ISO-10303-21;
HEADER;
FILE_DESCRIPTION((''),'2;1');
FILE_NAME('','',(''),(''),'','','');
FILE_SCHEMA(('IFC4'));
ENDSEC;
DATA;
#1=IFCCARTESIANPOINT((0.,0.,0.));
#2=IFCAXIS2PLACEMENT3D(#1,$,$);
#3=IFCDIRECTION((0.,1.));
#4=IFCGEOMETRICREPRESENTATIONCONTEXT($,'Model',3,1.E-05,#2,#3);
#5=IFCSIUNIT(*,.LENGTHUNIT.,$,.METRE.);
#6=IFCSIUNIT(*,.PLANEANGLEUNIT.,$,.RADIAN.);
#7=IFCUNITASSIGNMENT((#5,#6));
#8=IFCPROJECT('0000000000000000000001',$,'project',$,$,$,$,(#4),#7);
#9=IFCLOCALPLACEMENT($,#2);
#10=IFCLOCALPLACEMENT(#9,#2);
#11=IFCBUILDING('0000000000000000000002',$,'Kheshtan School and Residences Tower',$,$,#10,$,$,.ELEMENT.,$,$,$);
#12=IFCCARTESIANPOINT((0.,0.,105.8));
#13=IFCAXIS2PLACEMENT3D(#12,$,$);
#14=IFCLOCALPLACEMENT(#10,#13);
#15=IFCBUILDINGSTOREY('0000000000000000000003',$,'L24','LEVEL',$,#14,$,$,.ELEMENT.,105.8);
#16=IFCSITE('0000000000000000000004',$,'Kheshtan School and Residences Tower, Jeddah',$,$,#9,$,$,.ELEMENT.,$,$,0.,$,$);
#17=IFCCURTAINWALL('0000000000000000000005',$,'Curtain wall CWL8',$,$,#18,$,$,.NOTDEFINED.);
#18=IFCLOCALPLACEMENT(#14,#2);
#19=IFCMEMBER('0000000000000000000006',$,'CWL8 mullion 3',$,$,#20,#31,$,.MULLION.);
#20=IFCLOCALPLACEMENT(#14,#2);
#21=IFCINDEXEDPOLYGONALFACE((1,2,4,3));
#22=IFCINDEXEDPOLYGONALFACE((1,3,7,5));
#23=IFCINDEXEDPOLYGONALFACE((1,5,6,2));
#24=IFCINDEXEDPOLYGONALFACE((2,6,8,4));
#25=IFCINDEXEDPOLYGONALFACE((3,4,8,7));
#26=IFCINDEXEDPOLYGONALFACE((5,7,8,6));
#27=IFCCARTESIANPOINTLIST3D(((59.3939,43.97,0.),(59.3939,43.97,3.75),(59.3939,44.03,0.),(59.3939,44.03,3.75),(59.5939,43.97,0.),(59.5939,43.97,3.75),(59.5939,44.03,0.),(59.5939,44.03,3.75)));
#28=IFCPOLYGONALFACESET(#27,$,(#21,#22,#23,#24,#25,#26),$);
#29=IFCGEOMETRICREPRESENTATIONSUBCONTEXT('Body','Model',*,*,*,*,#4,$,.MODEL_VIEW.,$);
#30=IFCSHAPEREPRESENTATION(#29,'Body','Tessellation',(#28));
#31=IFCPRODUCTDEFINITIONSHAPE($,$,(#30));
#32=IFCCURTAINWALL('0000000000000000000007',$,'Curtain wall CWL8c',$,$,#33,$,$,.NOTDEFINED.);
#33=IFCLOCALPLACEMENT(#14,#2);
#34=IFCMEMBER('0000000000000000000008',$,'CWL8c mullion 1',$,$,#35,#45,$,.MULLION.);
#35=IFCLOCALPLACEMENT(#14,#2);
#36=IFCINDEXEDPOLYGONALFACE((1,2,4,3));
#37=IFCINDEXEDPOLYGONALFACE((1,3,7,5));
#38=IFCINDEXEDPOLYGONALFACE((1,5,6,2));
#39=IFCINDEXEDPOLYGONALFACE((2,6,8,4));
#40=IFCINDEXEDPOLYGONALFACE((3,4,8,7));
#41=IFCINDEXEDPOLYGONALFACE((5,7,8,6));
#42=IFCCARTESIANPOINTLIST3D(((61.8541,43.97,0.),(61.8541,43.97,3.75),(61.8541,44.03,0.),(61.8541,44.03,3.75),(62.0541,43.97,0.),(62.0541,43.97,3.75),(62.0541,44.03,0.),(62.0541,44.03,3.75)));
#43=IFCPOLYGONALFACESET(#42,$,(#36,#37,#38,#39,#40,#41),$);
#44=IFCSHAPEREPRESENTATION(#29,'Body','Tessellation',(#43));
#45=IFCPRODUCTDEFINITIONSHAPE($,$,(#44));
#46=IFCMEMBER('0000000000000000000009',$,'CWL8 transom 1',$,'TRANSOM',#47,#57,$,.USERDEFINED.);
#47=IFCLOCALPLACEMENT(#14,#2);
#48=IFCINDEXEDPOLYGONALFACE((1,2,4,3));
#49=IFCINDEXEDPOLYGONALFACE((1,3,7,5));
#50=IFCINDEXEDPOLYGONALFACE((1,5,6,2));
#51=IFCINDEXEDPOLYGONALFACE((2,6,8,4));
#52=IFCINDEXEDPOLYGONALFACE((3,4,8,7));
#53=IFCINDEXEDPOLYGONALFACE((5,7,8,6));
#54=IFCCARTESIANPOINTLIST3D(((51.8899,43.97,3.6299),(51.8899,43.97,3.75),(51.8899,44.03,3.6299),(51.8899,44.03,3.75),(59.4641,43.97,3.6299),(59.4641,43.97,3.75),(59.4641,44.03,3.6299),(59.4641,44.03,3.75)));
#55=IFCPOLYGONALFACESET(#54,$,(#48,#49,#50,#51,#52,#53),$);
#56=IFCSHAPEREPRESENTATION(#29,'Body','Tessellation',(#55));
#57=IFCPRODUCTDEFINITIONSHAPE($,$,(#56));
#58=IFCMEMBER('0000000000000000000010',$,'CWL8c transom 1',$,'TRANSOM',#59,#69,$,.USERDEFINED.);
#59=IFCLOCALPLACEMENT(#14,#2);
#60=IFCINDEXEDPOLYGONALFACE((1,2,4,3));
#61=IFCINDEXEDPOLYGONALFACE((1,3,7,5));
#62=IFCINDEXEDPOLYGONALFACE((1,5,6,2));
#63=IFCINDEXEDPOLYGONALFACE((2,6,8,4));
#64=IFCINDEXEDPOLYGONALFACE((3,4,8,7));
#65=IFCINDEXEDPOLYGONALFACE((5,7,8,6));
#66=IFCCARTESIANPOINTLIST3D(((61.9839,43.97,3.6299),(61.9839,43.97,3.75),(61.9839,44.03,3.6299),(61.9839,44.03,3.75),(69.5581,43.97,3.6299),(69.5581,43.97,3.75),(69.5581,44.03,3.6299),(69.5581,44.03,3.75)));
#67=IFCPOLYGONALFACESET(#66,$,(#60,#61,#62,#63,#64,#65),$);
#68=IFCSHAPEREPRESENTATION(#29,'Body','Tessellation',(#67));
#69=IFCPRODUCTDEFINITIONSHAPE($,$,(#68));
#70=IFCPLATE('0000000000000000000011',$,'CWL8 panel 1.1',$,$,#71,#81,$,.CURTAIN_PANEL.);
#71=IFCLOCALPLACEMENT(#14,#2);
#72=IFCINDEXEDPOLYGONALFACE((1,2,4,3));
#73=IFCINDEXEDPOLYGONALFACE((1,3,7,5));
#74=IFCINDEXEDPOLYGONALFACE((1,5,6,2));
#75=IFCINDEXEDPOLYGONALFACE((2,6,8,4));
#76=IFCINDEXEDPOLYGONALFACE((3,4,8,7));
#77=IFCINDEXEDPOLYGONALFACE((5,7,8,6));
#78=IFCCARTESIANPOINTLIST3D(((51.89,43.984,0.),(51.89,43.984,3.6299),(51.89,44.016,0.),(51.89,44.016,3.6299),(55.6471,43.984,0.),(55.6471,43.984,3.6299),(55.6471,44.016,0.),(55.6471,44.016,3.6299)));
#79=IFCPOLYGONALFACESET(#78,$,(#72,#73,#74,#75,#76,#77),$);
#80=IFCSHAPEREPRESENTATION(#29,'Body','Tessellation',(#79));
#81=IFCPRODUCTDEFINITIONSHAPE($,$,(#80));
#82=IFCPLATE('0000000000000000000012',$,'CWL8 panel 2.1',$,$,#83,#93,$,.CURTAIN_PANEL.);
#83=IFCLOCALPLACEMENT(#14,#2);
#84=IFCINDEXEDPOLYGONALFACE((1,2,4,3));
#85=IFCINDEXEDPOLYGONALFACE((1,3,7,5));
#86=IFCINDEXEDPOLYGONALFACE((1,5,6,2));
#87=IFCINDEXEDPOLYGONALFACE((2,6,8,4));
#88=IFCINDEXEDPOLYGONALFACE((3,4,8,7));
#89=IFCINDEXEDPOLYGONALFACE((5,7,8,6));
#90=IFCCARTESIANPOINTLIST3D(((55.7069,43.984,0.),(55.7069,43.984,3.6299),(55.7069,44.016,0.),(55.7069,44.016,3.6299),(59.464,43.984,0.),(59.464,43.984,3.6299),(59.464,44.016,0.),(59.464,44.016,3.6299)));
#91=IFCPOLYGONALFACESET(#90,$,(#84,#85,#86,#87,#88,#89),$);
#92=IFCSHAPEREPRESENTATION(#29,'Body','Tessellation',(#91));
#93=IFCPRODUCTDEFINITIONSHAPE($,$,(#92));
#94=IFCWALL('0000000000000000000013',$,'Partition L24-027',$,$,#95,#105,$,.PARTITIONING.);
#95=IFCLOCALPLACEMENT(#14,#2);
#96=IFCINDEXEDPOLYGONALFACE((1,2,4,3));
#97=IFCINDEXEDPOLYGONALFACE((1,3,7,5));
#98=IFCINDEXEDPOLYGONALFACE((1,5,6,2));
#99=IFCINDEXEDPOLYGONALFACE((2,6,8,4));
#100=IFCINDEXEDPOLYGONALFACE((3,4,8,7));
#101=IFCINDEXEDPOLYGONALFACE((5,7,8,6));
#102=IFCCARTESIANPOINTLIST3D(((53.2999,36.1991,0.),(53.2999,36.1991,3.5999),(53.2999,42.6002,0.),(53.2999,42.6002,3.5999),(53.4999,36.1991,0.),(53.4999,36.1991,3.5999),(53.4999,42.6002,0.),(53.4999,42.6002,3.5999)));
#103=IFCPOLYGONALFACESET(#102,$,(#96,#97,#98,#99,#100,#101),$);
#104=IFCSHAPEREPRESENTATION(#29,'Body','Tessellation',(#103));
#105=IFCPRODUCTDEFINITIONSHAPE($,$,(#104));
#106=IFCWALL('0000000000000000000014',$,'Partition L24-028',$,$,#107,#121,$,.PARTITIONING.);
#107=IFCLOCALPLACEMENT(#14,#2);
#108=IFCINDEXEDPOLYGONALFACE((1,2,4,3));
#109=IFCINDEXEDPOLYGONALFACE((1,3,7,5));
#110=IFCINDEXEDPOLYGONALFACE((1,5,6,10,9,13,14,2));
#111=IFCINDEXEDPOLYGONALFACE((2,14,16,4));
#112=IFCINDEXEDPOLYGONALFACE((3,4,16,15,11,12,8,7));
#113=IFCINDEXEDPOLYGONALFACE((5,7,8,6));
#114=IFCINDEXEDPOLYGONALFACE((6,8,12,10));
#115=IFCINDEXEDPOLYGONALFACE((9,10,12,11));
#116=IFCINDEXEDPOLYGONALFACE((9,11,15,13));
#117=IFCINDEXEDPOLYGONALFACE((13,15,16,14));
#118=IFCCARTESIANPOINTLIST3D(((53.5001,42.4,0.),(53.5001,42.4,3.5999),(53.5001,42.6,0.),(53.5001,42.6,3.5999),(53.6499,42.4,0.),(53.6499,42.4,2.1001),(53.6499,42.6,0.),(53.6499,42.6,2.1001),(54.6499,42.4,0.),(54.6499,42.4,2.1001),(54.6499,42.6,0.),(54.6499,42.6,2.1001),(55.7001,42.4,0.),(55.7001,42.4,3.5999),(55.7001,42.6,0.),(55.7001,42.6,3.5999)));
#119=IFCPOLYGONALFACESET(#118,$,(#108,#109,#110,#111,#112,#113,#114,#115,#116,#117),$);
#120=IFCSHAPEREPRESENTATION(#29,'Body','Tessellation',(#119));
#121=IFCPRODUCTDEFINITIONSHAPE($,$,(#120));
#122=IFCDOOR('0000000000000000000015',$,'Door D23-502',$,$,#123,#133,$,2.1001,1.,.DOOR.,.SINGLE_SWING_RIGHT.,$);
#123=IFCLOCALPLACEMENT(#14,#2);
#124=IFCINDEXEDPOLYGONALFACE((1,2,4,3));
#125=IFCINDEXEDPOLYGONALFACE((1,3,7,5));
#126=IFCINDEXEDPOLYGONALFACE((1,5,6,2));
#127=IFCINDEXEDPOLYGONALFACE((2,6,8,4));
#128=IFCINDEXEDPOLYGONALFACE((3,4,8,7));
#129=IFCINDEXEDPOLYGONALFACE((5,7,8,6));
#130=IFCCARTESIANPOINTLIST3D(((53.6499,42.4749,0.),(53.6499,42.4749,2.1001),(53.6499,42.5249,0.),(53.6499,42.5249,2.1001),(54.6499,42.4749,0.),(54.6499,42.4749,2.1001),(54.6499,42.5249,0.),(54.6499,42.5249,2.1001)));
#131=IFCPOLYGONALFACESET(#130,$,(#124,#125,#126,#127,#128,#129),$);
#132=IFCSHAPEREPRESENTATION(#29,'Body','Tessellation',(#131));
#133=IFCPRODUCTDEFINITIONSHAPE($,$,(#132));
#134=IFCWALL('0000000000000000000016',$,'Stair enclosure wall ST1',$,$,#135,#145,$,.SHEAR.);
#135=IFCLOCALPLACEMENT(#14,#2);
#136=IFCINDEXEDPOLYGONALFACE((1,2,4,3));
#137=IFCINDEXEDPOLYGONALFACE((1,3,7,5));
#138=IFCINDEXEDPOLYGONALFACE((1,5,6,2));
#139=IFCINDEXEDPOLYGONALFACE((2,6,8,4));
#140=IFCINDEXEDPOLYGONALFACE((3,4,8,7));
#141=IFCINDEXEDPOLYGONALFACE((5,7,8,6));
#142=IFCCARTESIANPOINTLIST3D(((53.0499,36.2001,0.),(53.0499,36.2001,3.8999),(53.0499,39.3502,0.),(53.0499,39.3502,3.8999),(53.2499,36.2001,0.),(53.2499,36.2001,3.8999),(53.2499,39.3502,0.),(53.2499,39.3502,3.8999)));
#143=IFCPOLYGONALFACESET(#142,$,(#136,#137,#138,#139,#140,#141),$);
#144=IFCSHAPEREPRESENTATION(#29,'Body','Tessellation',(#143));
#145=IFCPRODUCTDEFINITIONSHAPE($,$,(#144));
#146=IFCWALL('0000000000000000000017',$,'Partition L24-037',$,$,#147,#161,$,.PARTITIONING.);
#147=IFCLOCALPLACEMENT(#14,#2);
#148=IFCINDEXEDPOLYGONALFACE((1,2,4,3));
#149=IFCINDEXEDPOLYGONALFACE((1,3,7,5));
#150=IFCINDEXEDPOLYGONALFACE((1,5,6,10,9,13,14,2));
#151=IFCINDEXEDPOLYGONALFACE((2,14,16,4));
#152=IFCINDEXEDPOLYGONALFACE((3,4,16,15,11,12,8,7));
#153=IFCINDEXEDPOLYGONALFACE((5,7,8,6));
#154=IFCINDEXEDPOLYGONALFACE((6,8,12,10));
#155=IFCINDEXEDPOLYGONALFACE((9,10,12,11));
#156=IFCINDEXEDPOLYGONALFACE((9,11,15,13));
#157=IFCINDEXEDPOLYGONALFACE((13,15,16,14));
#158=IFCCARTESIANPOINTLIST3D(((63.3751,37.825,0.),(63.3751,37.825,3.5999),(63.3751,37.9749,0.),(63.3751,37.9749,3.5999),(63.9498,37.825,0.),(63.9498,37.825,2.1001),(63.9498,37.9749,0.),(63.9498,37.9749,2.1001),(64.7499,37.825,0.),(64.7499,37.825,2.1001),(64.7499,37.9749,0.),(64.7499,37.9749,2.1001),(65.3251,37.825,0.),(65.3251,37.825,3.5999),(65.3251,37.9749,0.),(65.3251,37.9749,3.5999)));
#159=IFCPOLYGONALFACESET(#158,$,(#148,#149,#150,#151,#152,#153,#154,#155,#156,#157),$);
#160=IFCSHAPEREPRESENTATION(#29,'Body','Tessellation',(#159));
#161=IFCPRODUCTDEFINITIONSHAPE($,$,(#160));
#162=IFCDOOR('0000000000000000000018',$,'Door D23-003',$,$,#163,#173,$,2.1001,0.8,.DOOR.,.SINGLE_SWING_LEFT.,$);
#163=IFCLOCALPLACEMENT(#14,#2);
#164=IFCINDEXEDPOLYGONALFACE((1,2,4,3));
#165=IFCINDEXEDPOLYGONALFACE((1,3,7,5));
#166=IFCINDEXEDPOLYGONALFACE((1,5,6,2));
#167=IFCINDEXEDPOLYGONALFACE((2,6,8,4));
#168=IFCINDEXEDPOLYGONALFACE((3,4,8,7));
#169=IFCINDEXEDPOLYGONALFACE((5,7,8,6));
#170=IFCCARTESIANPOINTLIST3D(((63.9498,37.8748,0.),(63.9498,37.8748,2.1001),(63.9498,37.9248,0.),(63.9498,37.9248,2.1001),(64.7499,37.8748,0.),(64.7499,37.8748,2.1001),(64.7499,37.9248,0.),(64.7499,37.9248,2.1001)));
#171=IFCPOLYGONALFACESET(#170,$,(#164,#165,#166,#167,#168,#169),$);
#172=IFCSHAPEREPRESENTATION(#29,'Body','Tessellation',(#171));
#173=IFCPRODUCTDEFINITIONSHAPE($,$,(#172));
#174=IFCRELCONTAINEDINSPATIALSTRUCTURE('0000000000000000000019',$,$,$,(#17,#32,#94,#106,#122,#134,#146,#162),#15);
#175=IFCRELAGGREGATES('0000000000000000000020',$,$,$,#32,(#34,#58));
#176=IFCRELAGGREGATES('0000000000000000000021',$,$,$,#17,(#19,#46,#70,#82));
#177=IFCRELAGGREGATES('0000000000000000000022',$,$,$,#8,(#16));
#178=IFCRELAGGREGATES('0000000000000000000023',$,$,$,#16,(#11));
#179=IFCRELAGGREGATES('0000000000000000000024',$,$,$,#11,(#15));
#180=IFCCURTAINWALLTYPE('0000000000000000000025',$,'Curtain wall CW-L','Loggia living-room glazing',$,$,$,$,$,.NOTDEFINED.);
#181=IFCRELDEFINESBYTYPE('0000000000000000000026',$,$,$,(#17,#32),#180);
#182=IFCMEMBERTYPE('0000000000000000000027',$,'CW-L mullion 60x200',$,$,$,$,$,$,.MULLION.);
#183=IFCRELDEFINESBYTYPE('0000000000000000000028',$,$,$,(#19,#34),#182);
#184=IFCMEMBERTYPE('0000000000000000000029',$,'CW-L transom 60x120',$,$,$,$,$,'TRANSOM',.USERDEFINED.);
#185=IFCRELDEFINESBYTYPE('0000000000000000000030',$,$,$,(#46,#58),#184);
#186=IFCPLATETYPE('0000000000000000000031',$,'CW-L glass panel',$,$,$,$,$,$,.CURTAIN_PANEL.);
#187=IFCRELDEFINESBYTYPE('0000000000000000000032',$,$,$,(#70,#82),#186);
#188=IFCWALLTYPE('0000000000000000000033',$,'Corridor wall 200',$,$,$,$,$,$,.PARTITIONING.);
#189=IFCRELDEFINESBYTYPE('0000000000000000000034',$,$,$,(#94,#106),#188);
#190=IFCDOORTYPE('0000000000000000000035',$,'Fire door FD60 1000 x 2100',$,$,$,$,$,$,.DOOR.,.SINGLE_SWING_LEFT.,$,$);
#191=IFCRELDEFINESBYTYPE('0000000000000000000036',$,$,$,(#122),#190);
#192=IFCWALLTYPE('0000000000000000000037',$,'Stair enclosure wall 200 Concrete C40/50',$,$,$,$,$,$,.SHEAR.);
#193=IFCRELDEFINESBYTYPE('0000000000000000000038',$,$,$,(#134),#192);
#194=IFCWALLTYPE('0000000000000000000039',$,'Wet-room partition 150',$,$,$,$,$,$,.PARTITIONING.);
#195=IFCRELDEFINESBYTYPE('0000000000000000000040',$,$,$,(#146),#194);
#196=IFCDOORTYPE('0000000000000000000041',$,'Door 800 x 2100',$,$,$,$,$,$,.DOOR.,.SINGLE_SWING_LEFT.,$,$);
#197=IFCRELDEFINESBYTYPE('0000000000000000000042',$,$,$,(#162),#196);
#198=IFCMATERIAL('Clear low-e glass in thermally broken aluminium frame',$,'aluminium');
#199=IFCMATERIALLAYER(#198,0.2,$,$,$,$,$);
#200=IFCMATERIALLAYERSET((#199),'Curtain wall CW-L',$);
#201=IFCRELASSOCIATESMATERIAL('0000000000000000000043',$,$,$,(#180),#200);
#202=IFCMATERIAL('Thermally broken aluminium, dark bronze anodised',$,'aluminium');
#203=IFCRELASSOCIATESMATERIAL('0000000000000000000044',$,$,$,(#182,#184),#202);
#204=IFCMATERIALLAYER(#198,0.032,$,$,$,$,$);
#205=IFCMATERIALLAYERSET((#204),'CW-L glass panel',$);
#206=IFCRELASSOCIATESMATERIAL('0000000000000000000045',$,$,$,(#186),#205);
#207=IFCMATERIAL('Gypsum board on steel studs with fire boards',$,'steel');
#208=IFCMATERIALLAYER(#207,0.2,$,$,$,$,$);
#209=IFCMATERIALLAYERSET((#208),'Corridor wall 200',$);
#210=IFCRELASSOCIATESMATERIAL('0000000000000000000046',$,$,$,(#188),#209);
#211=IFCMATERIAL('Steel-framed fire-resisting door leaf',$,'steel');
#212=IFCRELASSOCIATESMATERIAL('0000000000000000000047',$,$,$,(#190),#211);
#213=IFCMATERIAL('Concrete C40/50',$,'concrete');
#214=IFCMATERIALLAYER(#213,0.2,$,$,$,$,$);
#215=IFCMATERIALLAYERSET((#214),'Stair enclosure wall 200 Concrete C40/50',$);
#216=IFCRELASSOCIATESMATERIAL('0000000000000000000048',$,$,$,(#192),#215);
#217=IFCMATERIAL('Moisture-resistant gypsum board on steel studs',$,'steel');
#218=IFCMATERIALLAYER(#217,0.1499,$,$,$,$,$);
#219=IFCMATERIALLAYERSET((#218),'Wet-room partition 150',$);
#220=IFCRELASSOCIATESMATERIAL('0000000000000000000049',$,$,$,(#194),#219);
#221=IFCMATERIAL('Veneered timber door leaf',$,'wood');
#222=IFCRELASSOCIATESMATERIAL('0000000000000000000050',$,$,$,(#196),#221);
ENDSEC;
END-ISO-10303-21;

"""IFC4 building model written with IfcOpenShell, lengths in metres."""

from ifc_helpers import new_model, si_unit, direction, frame, frame_2d, origin, origin_2d, place, context, subcontext, project, spatial, rectangle, extrude, source, transform, mapped, material, layer, layer_set, material_profile, profile_set, type_object, element, fill, aggregate, save


model = new_model("IFC4")

# Units and contexts
model_context = context("Model", 3, precision=1e-05, world=origin(), true_north=direction((0.0, 1.0)))
body_context = subcontext(model_context, "Body", "Model", "MODEL_VIEW")
ifc_project = project(units=[si_unit("LENGTHUNIT", "METRE"), si_unit("PLANEANGLEUNIT", "RADIAN")], contexts=[model_context])

# Site, building, storey
site_placement = place(None, origin())
site = spatial("IfcSite", under=ifc_project, at=site_placement, Name="Kheshtan School and Residences Tower, Jeddah", CompositionType="ELEMENT", RefElevation=0.0)
building_placement = place(site_placement, origin())
building = spatial("IfcBuilding", under=site, at=building_placement, Name="Kheshtan School and Residences Tower", CompositionType="ELEMENT")
storey_placement = place(building_placement, frame((0.0, 0.0, 105.8)))
storey = spatial("IfcBuildingStorey", under=building, at=storey_placement, Name="L24", Description="LEVEL", CompositionType="ELEMENT", Elevation=105.8)

# Curtain wall, member
ifc_material_1 = material(Name="Clear low-e glass in thermally broken aluminium frame", Category="aluminium")
ifc_layer_1 = layer(ifc_material_1, 0.2)
ifc_layer_set_1 = layer_set([ifc_layer_1], Name="Curtain wall CW-L")
curtain_wall_type = type_object("IfcCurtainWallType", Name="Curtain wall CW-L", Description="Loggia living-room glazing", PredefinedType="NOTDEFINED", material=ifc_layer_set_1)
curtain_wall_1_placement = place(storey_placement, origin())
curtain_wall_1 = element("IfcCurtainWall", 1, at=curtain_wall_1_placement, inside=storey, type_object=curtain_wall_type, Name="Curtain wall CWL8", PredefinedType="NOTDEFINED")
ifc_material_2 = material(Name="Thermally broken aluminium, dark bronze anodised", Category="aluminium")
ifc_material_profile_1 = material_profile(ifc_material_2, rectangle(XDim=0.0601, YDim=0.2, at=origin_2d()), Name="CW-L mullion 60x200")
ifc_profile_set_1 = profile_set([ifc_material_profile_1], Name="Thermally broken aluminium, dark bronze anodised")
member_type_1 = type_object("IfcMemberType", Name="CW-L mullion 60x200", PredefinedType="MULLION", material=ifc_profile_set_1)
member_1_placement = place(storey_placement, frame((59.4939, 44.0, 0.0), z_axis=(0.0, 0.0, 1.0), x_axis=(0.0, 1.0, 0.0)))
member_1 = element("IfcMember", 2, at=member_1_placement, type_object=member_type_1, Name="CWL8 mullion 3", PredefinedType="MULLION", context=body_context, shape_type="SweptSolid", body=[
    extrude(rectangle(XDim=0.0601, YDim=0.2, at=origin_2d()), origin(), (0.0, 0.0, 1.0), 3.75),
])

# Curtain wall, member
curtain_wall_2_placement = place(storey_placement, origin())
curtain_wall_2 = element("IfcCurtainWall", 3, at=curtain_wall_2_placement, inside=storey, type_object=curtain_wall_type, Name="Curtain wall CWL8c", PredefinedType="NOTDEFINED")
member_2_placement = place(storey_placement, frame((61.9541, 44.0, 0.0), z_axis=(0.0, 0.0, 1.0), x_axis=(0.0, 1.0, 0.0)))
member_2 = element("IfcMember", 4, at=member_2_placement, type_object=member_type_1, Name="CWL8c mullion 1", PredefinedType="MULLION", context=body_context, shape_type="SweptSolid", body=[
    extrude(rectangle(XDim=0.0601, YDim=0.2, at=origin_2d()), origin(), (0.0, 0.0, 1.0), 3.75),
])

# Members
ifc_material_profile_2 = material_profile(ifc_material_2, rectangle(XDim=0.0601, YDim=0.1201, at=origin_2d()), Name="CW-L transom 60x120")
ifc_profile_set_2 = profile_set([ifc_material_profile_2], Name="Thermally broken aluminium, dark bronze anodised")
member_type_2 = type_object("IfcMemberType", Name="CW-L transom 60x120", ElementType="TRANSOM", PredefinedType="USERDEFINED", material=ifc_profile_set_2)
member_3_placement = place(storey_placement, frame((51.8899, 44.0, 3.6899), z_axis=(1.0, 0.0, 0.0), x_axis=(0.0, 1.0, 0.0)))
member_3 = element("IfcMember", 5, at=member_3_placement, type_object=member_type_2, Name="CWL8 transom 1", ObjectType="TRANSOM", PredefinedType="USERDEFINED", context=body_context, shape_type="SweptSolid", body=[
    extrude(rectangle(XDim=0.0601, YDim=0.1201, at=origin_2d()), origin(), (0.0, 0.0, 1.0), 7.5742),
])
member_4_placement = place(storey_placement, frame((61.9839, 44.0, 3.6899), z_axis=(1.0, 0.0, 0.0), x_axis=(0.0, 1.0, 0.0)))
member_4 = element("IfcMember", 6, at=member_4_placement, type_object=member_type_2, Name="CWL8c transom 1", ObjectType="TRANSOM", PredefinedType="USERDEFINED", context=body_context, shape_type="SweptSolid", body=[
    extrude(rectangle(XDim=0.0601, YDim=0.1201, at=origin_2d()), origin(), (0.0, 0.0, 1.0), 7.5742),
])
aggregate(curtain_wall_2, [member_2, member_4])

# Plates
ifc_layer_2 = layer(ifc_material_1, 0.032)
ifc_layer_set_2 = layer_set([ifc_layer_2], Name="CW-L glass panel")
plate_type = type_object("IfcPlateType", Name="CW-L glass panel", PredefinedType="CURTAIN_PANEL", material=ifc_layer_set_2)
plate_1_placement = place(storey_placement, frame((53.7686, 44.0, 0.0), z_axis=(0.0, 0.0, 1.0), x_axis=(1.0, 0.0, 0.0)))
plate_1 = element("IfcPlate", 7, at=plate_1_placement, type_object=plate_type, Name="CWL8 panel 1.1", PredefinedType="CURTAIN_PANEL", context=body_context, shape_type="SweptSolid", body=[
    extrude(rectangle(XDim=3.7571, YDim=0.032, at=origin_2d()), origin(), (0.0, 0.0, 1.0), 3.6299),
])
plate_2_placement = place(storey_placement, frame((57.5854, 44.0, 0.0), z_axis=(0.0, 0.0, 1.0), x_axis=(1.0, 0.0, 0.0)))
plate_2 = element("IfcPlate", 8, at=plate_2_placement, type_object=plate_type, Name="CWL8 panel 2.1", PredefinedType="CURTAIN_PANEL", context=body_context, shape_type="SweptSolid", body=[
    extrude(rectangle(XDim=3.7571, YDim=0.032, at=origin_2d()), origin(), (0.0, 0.0, 1.0), 3.6299),
])
aggregate(curtain_wall_1, [member_1, member_3, plate_1, plate_2])

# Wall
ifc_material_3 = material(Name="Gypsum board on steel studs with fire boards", Category="steel")
ifc_layer_3 = layer(ifc_material_3, 0.2)
ifc_layer_set_3 = layer_set([ifc_layer_3], Name="Corridor wall 200")
wall_type_1 = type_object("IfcWallType", Name="Corridor wall 200", PredefinedType="PARTITIONING", material=ifc_layer_set_3)
wall_1_placement = place(storey_placement, frame((53.3999, 36.199, 0.0), z_axis=(0.0, 0.0, 1.0), x_axis=(0.0, 1.0, 0.0)))
element("IfcWall", 9, at=wall_1_placement, inside=storey, type_object=wall_type_1, Name="Partition L24-027", PredefinedType="PARTITIONING", context=body_context, shape_type="SweptSolid", body=[
    extrude(rectangle(XDim=6.4011, YDim=0.2, at=frame_2d((3.2007, 0.0))), origin(), (0.0, 0.0, 1.0), 3.5999),
])

# Wall, opening, door
wall_2_placement = place(storey_placement, frame((53.5, 42.5, 0.0), z_axis=(0.0, 0.0, 1.0), x_axis=(1.0, 0.0, 0.0)))
wall_2 = element("IfcWall", 10, at=wall_2_placement, inside=storey, type_object=wall_type_1, Name="Partition L24-028", PredefinedType="PARTITIONING", context=body_context, shape_type="SweptSolid", body=[
    extrude(rectangle(XDim=2.2, YDim=0.2, at=frame_2d((1.1001, 0.0))), origin(), (0.0, 0.0, 1.0), 3.5999),
])
opening_1_placement = place(wall_2_placement, frame((0.1499, 0.0, 0.0)))
opening_1 = element("IfcOpeningElement", 11, at=opening_1_placement, cuts=wall_2, PredefinedType="OPENING", context=body_context, shape_type="SweptSolid", body=[
    extrude(rectangle(XDim=1.0, YDim=2.1001, at=frame_2d((0.5, 1.05))), frame((0.0, 0.1099, 0.0), z_axis=(0.0, -1.0, 0.0), x_axis=(1.0, 0.0, 0.0)), (0.0, 0.0, 1.0), 0.22),
])
ifc_material_4 = material(Name="Steel-framed fire-resisting door leaf", Category="steel")
door_type_1 = type_object("IfcDoorType", Name="Fire door FD60 1000 x 2100", OperationType="SINGLE_SWING_LEFT", PredefinedType="DOOR", material=ifc_material_4)
shared_shape_1 = source(origin(), body_context, "Body", "SweptSolid", [
    extrude(rectangle(XDim=1.0, YDim=2.1001, at=frame_2d((0.5, 1.05))), frame((0.0, 0.0249, 0.0), z_axis=(0.0, -1.0, 0.0), x_axis=(1.0, 0.0, 0.0)), (0.0, 0.0, 1.0), 0.05),
])
door_1_placement = place(opening_1_placement, origin())
door_1 = element("IfcDoor", 12, at=door_1_placement, inside=storey, type_object=door_type_1, Name="Door D23-502", OperationType="SINGLE_SWING_RIGHT", OverallHeight=2.1001, OverallWidth=1.0, PredefinedType="DOOR", context=body_context, shape_type="MappedRepresentation", body=[
    mapped(shared_shape_1, transform((0.0, 0.0, 0.0), x_axis=(1.0, 0.0, 0.0), y_axis=(0.0, 1.0, 0.0), z_axis=(0.0, 0.0, 1.0), scale=1.0)),
])
fill(opening_1, door_1)

# Wall
ifc_material_5 = material(Name="Concrete C40/50", Category="concrete")
ifc_layer_4 = layer(ifc_material_5, 0.2)
ifc_layer_set_4 = layer_set([ifc_layer_4], Name="Stair enclosure wall 200 Concrete C40/50")
wall_type_2 = type_object("IfcWallType", Name="Stair enclosure wall 200 Concrete C40/50", PredefinedType="SHEAR", material=ifc_layer_set_4)
wall_3_placement = place(storey_placement, frame((53.1499, 36.2, 0.0), z_axis=(0.0, 0.0, 1.0), x_axis=(0.0, 1.0, 0.0)))
element("IfcWall", 13, at=wall_3_placement, inside=storey, type_object=wall_type_2, Name="Stair enclosure wall ST1", PredefinedType="SHEAR", context=body_context, shape_type="SweptSolid", body=[
    extrude(rectangle(XDim=3.1501, YDim=0.2, at=frame_2d((1.5752, 0.0))), origin(), (0.0, 0.0, 1.0), 3.8999),
])

# Wall, opening, door
ifc_material_6 = material(Name="Moisture-resistant gypsum board on steel studs", Category="steel")
ifc_layer_5 = layer(ifc_material_6, 0.1499)
ifc_layer_set_5 = layer_set([ifc_layer_5], Name="Wet-room partition 150")
wall_type_3 = type_object("IfcWallType", Name="Wet-room partition 150", PredefinedType="PARTITIONING", material=ifc_layer_set_5)
wall_4_placement = place(storey_placement, frame((63.375, 37.8999, 0.0), z_axis=(0.0, 0.0, 1.0), x_axis=(1.0, 0.0, 0.0)))
wall_4 = element("IfcWall", 14, at=wall_4_placement, inside=storey, type_object=wall_type_3, Name="Partition L24-037", PredefinedType="PARTITIONING", context=body_context, shape_type="SweptSolid", body=[
    extrude(rectangle(XDim=1.95, YDim=0.1499, at=frame_2d((0.9751, 0.0))), origin(), (0.0, 0.0, 1.0), 3.5999),
])
opening_2_placement = place(wall_4_placement, frame((0.575, 0.0, 0.0)))
opening_2 = element("IfcOpeningElement", 15, at=opening_2_placement, cuts=wall_4, PredefinedType="OPENING", context=body_context, shape_type="SweptSolid", body=[
    extrude(rectangle(XDim=0.8, YDim=2.1001, at=frame_2d((0.3999, 1.05))), frame((0.0, 0.085, 0.0), z_axis=(0.0, -1.0, 0.0), x_axis=(1.0, 0.0, 0.0)), (0.0, 0.0, 1.0), 0.1699),
])
ifc_material_7 = material(Name="Veneered timber door leaf", Category="wood")
door_type_2 = type_object("IfcDoorType", Name="Door 800 x 2100", OperationType="SINGLE_SWING_LEFT", PredefinedType="DOOR", material=ifc_material_7)
shared_shape_2 = source(origin(), body_context, "Body", "SweptSolid", [
    extrude(rectangle(XDim=0.8, YDim=2.1001, at=frame_2d((0.3999, 1.05))), frame((0.0, 0.0249, 0.0), z_axis=(0.0, -1.0, 0.0), x_axis=(1.0, 0.0, 0.0)), (0.0, 0.0, 1.0), 0.05),
])
door_2_placement = place(opening_2_placement, origin())
door_2 = element("IfcDoor", 16, at=door_2_placement, inside=storey, type_object=door_type_2, Name="Door D23-003", OperationType="SINGLE_SWING_LEFT", OverallHeight=2.1001, OverallWidth=0.8, PredefinedType="DOOR", context=body_context, shape_type="MappedRepresentation", body=[
    mapped(shared_shape_2, transform((0.0, 0.0, 0.0), x_axis=(1.0, 0.0, 0.0), y_axis=(0.0, 1.0, 0.0), z_axis=(0.0, 0.0, 1.0), scale=1.0)),
])
fill(opening_2, door_2)

save(model, "model.ifc")
